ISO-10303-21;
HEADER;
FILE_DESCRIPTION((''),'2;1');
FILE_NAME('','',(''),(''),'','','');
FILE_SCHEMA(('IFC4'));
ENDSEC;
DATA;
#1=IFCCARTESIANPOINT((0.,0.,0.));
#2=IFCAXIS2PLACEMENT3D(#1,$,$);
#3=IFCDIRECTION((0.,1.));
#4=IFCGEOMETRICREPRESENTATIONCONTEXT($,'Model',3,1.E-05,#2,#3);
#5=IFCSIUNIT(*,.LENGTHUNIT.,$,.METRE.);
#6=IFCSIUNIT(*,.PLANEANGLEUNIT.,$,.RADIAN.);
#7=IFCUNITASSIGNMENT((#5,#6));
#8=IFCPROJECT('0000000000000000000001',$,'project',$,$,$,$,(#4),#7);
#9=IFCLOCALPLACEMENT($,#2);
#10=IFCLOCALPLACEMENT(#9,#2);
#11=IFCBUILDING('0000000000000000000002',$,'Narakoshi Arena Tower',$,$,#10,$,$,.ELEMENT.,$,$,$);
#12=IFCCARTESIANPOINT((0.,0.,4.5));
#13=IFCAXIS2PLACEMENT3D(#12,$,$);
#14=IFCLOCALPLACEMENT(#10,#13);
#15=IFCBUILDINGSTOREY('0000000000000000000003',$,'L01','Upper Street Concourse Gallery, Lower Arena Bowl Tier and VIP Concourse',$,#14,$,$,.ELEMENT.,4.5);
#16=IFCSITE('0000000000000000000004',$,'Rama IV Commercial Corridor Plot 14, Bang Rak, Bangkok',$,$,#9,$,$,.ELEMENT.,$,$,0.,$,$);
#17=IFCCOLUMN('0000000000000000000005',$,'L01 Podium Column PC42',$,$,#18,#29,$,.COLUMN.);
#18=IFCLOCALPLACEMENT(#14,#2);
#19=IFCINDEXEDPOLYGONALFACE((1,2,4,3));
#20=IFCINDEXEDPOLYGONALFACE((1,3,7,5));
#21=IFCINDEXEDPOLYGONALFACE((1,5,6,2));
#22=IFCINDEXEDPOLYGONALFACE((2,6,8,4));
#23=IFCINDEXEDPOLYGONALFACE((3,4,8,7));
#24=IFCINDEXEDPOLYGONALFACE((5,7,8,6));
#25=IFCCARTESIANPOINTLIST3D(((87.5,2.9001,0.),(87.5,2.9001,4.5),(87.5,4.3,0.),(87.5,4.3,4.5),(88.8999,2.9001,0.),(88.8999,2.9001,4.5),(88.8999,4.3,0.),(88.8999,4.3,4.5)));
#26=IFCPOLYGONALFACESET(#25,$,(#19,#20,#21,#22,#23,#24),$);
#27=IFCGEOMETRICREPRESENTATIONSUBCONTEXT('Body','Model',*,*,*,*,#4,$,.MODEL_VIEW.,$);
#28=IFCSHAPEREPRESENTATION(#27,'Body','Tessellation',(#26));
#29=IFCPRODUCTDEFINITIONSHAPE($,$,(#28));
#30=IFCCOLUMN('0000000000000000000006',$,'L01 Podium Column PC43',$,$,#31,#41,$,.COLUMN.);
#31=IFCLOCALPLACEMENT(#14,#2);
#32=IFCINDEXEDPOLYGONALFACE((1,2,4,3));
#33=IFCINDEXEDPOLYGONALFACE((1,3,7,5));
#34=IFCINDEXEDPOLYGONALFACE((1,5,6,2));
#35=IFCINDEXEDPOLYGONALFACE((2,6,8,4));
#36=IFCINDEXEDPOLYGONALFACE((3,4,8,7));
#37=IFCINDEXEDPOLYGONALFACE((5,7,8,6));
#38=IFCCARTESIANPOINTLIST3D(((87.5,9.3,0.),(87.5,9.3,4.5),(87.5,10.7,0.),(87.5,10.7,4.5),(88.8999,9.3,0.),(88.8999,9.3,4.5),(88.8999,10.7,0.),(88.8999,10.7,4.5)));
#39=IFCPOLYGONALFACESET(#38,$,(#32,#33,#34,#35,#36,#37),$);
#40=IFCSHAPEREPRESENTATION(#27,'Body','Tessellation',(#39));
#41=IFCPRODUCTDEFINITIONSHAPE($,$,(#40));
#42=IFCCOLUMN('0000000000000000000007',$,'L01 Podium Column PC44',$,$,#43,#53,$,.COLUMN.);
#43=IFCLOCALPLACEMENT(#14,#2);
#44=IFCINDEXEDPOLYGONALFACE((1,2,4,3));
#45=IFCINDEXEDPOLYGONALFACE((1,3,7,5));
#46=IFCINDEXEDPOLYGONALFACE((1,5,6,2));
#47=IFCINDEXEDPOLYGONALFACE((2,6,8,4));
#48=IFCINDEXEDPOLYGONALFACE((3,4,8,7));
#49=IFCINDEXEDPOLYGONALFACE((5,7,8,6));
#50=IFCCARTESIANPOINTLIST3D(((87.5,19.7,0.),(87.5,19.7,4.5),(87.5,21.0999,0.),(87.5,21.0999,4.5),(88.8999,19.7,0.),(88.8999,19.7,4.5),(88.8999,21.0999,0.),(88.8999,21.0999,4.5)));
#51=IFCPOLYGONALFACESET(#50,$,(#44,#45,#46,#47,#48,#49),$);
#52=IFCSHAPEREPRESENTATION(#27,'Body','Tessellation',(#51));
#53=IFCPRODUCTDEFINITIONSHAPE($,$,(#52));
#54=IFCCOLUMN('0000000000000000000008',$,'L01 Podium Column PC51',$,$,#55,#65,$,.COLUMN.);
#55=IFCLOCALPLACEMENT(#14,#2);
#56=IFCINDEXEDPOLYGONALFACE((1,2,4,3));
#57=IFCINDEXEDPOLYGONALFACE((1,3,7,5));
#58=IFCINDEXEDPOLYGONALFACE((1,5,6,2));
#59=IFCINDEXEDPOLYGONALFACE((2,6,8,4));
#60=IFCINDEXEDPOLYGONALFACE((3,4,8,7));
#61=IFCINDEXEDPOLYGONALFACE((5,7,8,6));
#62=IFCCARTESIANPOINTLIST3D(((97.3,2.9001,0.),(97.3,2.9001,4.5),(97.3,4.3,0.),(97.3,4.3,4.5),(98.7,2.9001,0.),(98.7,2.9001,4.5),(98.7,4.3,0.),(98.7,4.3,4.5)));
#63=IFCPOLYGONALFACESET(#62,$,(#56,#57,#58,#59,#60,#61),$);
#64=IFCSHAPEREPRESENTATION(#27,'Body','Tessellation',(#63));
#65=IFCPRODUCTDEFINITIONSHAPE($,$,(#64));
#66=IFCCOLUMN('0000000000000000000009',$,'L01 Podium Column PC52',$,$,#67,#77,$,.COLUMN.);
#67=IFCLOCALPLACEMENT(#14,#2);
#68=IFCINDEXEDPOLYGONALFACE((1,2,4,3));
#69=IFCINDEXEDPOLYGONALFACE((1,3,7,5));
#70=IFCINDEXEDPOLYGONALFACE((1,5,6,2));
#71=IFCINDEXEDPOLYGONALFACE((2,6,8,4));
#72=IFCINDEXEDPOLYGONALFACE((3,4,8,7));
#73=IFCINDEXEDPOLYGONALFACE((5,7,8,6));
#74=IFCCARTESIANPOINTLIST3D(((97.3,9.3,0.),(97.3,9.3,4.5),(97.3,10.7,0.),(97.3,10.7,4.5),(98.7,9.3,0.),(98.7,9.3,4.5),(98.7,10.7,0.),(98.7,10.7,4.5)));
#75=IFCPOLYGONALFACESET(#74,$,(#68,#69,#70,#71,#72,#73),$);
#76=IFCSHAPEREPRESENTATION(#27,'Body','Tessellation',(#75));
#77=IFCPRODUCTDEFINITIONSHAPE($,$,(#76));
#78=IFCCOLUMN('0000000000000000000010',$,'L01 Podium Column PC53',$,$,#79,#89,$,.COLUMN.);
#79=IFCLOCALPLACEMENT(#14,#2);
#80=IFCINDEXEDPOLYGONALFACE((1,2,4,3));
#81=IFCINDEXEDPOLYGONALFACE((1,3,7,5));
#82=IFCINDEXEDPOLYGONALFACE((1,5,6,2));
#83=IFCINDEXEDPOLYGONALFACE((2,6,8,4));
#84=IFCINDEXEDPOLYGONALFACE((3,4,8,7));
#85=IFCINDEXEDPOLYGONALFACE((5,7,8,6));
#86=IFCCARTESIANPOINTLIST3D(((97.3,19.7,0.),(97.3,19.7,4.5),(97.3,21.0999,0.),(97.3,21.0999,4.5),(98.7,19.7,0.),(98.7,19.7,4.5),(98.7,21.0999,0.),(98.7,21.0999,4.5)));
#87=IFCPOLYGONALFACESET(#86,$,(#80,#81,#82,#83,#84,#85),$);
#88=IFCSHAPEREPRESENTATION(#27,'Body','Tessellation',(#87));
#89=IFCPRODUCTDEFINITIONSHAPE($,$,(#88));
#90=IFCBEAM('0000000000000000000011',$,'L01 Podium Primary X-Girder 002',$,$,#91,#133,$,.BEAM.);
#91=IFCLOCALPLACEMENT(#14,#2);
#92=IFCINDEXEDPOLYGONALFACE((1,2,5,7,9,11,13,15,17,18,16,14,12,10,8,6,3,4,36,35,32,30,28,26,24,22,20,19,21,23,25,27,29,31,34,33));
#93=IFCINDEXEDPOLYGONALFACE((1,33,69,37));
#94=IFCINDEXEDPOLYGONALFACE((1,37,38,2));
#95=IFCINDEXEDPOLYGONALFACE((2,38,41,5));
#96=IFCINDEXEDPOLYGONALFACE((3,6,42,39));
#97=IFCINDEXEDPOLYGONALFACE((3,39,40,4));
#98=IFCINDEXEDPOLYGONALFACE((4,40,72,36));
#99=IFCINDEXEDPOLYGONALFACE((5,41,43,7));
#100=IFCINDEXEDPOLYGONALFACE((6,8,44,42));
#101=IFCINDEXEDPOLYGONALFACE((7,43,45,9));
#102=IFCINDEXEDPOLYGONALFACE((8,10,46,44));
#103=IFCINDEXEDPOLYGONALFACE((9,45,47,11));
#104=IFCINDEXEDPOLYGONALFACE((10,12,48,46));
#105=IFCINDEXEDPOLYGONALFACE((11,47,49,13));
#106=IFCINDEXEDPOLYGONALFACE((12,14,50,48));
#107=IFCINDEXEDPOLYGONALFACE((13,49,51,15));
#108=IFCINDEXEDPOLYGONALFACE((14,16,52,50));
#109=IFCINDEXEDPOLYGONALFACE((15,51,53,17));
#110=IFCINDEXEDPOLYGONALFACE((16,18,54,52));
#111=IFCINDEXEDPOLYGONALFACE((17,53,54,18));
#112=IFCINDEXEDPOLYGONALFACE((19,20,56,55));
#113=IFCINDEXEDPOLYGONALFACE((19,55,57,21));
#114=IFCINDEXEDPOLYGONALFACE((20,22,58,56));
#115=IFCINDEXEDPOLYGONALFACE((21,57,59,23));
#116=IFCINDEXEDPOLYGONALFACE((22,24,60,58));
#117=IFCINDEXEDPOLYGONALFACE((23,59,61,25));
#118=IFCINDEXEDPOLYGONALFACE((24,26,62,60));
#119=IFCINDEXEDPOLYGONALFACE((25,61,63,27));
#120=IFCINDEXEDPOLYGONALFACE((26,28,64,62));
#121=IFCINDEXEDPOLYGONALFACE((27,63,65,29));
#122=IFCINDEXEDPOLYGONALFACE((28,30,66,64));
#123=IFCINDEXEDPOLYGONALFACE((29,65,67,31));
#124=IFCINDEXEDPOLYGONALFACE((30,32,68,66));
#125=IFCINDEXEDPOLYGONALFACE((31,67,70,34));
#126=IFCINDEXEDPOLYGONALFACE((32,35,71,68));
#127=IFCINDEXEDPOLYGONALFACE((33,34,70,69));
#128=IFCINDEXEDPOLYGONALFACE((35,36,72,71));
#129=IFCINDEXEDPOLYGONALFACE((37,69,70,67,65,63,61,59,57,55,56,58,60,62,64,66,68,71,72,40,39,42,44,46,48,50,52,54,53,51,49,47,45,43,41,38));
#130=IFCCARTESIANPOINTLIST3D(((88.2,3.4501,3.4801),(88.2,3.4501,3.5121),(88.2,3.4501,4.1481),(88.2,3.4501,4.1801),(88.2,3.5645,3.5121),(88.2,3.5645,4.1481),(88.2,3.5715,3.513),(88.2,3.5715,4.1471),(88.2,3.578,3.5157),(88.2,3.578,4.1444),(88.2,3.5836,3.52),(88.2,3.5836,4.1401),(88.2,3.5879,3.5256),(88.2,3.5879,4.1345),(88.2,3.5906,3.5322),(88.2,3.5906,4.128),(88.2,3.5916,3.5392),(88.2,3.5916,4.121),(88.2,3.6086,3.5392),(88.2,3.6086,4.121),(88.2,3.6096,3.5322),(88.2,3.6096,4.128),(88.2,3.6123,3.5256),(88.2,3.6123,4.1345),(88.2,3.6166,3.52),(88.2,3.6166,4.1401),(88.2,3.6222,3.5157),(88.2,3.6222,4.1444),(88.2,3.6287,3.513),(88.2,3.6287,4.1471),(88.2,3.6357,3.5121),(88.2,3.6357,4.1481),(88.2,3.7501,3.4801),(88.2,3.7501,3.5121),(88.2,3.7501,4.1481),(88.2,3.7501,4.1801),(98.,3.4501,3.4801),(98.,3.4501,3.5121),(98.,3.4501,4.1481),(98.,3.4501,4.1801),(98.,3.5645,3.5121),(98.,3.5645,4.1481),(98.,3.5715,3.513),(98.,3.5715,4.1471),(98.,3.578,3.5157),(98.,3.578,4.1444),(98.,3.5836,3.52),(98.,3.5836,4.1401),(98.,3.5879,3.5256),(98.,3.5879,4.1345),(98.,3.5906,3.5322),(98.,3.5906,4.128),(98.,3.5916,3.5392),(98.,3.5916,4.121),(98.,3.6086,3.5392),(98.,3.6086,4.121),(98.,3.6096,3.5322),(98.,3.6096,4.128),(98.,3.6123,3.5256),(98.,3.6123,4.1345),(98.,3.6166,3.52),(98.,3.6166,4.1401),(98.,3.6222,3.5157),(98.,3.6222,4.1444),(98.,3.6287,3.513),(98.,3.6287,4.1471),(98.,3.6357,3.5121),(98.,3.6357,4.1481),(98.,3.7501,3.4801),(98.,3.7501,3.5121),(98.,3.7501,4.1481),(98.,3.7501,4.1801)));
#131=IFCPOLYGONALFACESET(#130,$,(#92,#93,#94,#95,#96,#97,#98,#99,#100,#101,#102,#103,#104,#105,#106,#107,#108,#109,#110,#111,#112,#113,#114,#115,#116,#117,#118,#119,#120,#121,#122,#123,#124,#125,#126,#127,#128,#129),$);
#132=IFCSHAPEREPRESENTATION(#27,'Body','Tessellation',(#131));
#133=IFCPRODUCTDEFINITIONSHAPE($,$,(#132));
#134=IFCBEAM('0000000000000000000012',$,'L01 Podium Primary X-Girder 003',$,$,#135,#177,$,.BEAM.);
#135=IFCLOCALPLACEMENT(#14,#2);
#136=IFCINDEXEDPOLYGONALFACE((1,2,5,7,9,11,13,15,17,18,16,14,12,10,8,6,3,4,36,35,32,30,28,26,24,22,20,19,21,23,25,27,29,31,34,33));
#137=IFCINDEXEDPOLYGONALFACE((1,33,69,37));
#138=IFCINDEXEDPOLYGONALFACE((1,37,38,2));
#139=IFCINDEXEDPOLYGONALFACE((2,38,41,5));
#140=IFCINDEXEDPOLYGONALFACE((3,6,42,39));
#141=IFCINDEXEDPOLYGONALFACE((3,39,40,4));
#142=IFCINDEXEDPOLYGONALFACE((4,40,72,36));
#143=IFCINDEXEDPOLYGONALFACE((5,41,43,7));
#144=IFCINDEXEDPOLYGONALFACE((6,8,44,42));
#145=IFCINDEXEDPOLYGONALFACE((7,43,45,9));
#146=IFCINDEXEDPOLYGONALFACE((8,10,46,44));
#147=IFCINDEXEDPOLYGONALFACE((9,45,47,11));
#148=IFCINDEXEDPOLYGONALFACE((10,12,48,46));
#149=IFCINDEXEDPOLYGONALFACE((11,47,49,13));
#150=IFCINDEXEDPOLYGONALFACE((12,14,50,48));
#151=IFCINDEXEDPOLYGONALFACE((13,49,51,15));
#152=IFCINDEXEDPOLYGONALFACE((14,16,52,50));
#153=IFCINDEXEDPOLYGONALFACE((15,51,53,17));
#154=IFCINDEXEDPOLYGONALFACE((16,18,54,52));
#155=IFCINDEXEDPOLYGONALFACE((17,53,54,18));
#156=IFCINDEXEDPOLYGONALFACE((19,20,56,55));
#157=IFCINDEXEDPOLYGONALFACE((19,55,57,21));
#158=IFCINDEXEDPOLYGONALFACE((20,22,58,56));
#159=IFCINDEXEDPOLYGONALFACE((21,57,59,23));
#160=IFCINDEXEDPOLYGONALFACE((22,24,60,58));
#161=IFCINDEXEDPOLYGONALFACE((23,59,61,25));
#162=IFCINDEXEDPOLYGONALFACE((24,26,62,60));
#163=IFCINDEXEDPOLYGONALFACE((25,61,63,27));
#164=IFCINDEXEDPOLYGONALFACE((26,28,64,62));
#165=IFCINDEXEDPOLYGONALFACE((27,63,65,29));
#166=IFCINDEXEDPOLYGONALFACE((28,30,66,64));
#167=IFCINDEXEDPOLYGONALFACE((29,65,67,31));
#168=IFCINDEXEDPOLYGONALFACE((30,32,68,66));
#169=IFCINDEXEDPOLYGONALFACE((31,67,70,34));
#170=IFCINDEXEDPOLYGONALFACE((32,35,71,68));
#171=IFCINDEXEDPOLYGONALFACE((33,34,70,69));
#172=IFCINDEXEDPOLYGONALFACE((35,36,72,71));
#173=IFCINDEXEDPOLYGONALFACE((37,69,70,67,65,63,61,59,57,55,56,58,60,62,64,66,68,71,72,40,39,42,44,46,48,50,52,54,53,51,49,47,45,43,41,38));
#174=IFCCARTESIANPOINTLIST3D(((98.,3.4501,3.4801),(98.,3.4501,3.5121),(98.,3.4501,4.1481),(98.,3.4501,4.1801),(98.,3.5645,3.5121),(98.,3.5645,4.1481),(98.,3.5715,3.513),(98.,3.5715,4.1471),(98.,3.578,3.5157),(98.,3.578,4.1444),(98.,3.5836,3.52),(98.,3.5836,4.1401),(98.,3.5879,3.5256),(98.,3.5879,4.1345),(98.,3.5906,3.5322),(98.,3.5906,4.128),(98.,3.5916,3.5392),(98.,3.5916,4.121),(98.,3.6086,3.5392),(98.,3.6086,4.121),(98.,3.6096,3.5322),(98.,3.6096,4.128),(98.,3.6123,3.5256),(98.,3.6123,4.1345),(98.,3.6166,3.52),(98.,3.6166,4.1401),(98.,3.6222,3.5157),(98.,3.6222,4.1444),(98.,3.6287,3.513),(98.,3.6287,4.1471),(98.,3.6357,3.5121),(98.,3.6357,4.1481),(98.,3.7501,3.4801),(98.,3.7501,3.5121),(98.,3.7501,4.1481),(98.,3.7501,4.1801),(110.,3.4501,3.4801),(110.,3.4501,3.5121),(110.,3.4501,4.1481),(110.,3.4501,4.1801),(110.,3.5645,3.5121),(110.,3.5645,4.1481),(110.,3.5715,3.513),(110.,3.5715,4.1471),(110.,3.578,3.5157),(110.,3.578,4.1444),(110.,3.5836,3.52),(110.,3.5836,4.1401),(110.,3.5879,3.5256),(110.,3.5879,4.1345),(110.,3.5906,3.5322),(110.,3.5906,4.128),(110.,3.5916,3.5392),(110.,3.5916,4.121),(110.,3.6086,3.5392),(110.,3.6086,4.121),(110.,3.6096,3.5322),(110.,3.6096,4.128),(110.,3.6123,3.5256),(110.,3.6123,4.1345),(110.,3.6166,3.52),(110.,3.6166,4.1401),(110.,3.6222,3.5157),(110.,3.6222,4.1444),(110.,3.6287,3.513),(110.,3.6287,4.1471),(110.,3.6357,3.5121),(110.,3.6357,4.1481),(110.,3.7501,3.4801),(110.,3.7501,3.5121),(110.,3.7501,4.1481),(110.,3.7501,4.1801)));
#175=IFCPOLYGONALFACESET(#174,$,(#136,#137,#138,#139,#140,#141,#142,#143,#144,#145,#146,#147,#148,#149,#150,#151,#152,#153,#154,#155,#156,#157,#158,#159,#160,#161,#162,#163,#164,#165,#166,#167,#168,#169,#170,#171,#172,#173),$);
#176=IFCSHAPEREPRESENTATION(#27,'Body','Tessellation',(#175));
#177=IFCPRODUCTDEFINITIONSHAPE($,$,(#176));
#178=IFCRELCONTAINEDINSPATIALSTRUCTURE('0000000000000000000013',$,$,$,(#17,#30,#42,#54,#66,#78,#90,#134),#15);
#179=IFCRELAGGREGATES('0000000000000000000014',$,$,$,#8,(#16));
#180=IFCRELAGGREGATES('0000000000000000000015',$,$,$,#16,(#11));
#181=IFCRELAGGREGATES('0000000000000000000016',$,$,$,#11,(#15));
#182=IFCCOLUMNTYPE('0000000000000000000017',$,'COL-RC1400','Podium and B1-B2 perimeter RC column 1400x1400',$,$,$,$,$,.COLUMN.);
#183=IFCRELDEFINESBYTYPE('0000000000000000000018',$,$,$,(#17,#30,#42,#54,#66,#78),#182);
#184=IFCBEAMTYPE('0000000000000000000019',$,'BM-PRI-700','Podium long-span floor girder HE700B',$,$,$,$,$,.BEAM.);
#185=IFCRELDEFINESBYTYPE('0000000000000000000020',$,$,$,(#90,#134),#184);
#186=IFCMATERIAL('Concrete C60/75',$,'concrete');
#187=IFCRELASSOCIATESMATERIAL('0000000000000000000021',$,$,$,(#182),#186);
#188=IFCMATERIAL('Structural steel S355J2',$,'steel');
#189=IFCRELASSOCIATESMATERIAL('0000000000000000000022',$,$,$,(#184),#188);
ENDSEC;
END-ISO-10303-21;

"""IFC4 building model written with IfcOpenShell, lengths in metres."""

from ifc_helpers import new_model, si_unit, direction, frame, origin, origin_2d, place, context, subcontext, project, spatial, rectangle, i_section, extrude, material, material_profile, profile_set, type_object, element, save


model = new_model("IFC4")

# Units and contexts
model_context = context("Model", 3, precision=1e-05, world=origin(), true_north=direction((0.0, 1.0)))
body_context = subcontext(model_context, "Body", "Model", "MODEL_VIEW")
ifc_project = project(units=[si_unit("LENGTHUNIT", "METRE"), si_unit("PLANEANGLEUNIT", "RADIAN")], contexts=[model_context])

# Site, building, storey
site_placement = place(None, origin())
site = spatial("IfcSite", under=ifc_project, at=site_placement, Name="Rama IV Commercial Corridor Plot 14, Bang Rak, Bangkok", CompositionType="ELEMENT", RefElevation=0.0)
building_placement = place(site_placement, origin())
building = spatial("IfcBuilding", under=site, at=building_placement, Name="Narakoshi Arena Tower", CompositionType="ELEMENT")
storey_placement = place(building_placement, frame((0.0, 0.0, 4.5)))
storey = spatial("IfcBuildingStorey", under=building, at=storey_placement, Name="L01", Description="Upper Street Concourse Gallery, Lower Arena Bowl Tier and VIP Concourse", CompositionType="ELEMENT", Elevation=4.5)

# Columns
ifc_material_1 = material(Name="Concrete C60/75", Category="concrete")
ifc_material_profile_1 = material_profile(ifc_material_1, rectangle(XDim=1.3999, YDim=1.3999, at=origin_2d()), Name="RC1400x1400")
ifc_profile_set_1 = profile_set([ifc_material_profile_1], Name="Concrete C60/75")
column_type = type_object("IfcColumnType", Name="COL-RC1400", Description="Podium and B1-B2 perimeter RC column 1400x1400", PredefinedType="COLUMN", material=ifc_profile_set_1)
for number, where, z_axis, x_axis, name in (
    (1, (88.2, 3.6001, 0.0), (0.0, 0.0, 1.0), (1.0, 0.0, 0.0), "L01 Podium Column PC42"),
    (2, (88.2, 10.0, 0.0), (0.0, 0.0, 1.0), (1.0, 0.0, 0.0), "L01 Podium Column PC43"),
    (3, (88.2, 20.3999, 0.0), (0.0, 0.0, 1.0), (1.0, 0.0, 0.0), "L01 Podium Column PC44"),
    (4, (98.0, 3.6001, 0.0), (0.0, 0.0, 1.0), (1.0, 0.0, 0.0), "L01 Podium Column PC51"),
    (5, (98.0, 10.0, 0.0), (0.0, 0.0, 1.0), (1.0, 0.0, 0.0), "L01 Podium Column PC52"),
    (6, (98.0, 20.3999, 0.0), (0.0, 0.0, 1.0), (1.0, 0.0, 0.0), "L01 Podium Column PC53"),
):
    element("IfcColumn", number, at=place(storey_placement, frame(where, z_axis=z_axis, x_axis=x_axis)), inside=storey, type_object=column_type, Name=name, PredefinedType="COLUMN", context=body_context, shape_type="SweptSolid", body=[
        extrude(rectangle(XDim=1.3999, YDim=1.3999, at=origin_2d()), origin(), (0.0, 0.0, 1.0), 4.5),
    ])

# Beams
ifc_material_2 = material(Name="Structural steel S355J2", Category="steel")
ifc_material_profile_2 = material_profile(ifc_material_2, i_section(OverallWidth=0.3, OverallDepth=0.7, WebThickness=0.0171, FlangeThickness=0.032, FilletRadius=0.0271, at=origin_2d()), Name="HE700B")
ifc_profile_set_2 = profile_set([ifc_material_profile_2], Name="Structural steel S355J2")
beam_type_1 = type_object("IfcBeamType", Name="BM-PRI-700", Description="Podium long-span floor girder HE700B", PredefinedType="BEAM", material=ifc_profile_set_2)
beam_1_placement = place(storey_placement, frame((88.2, 3.6001, 3.8301), z_axis=(1.0, 0.0, 0.0), x_axis=(0.0, 1.0, 0.0)))
element("IfcBeam", 7, at=beam_1_placement, inside=storey, type_object=beam_type_1, Name="L01 Podium Primary X-Girder 002", PredefinedType="BEAM", context=body_context, shape_type="SweptSolid", body=[
    extrude(i_section(OverallWidth=0.3, OverallDepth=0.7, WebThickness=0.0171, FlangeThickness=0.032, FilletRadius=0.0271, at=origin_2d()), origin(), (0.0, 0.0, 1.0), 9.8),
])
beam_2_placement = place(storey_placement, frame((98.0, 3.6001, 3.8301), z_axis=(1.0, 0.0, 0.0), x_axis=(0.0, 1.0, 0.0)))
element("IfcBeam", 8, at=beam_2_placement, inside=storey, type_object=beam_type_1, Name="L01 Podium Primary X-Girder 003", PredefinedType="BEAM", context=body_context, shape_type="SweptSolid", body=[
    extrude(i_section(OverallWidth=0.3, OverallDepth=0.7, WebThickness=0.0171, FlangeThickness=0.032, FilletRadius=0.0271, at=origin_2d()), origin(), (0.0, 0.0, 1.0), 12.0),
])

save(model, "model.ifc")
